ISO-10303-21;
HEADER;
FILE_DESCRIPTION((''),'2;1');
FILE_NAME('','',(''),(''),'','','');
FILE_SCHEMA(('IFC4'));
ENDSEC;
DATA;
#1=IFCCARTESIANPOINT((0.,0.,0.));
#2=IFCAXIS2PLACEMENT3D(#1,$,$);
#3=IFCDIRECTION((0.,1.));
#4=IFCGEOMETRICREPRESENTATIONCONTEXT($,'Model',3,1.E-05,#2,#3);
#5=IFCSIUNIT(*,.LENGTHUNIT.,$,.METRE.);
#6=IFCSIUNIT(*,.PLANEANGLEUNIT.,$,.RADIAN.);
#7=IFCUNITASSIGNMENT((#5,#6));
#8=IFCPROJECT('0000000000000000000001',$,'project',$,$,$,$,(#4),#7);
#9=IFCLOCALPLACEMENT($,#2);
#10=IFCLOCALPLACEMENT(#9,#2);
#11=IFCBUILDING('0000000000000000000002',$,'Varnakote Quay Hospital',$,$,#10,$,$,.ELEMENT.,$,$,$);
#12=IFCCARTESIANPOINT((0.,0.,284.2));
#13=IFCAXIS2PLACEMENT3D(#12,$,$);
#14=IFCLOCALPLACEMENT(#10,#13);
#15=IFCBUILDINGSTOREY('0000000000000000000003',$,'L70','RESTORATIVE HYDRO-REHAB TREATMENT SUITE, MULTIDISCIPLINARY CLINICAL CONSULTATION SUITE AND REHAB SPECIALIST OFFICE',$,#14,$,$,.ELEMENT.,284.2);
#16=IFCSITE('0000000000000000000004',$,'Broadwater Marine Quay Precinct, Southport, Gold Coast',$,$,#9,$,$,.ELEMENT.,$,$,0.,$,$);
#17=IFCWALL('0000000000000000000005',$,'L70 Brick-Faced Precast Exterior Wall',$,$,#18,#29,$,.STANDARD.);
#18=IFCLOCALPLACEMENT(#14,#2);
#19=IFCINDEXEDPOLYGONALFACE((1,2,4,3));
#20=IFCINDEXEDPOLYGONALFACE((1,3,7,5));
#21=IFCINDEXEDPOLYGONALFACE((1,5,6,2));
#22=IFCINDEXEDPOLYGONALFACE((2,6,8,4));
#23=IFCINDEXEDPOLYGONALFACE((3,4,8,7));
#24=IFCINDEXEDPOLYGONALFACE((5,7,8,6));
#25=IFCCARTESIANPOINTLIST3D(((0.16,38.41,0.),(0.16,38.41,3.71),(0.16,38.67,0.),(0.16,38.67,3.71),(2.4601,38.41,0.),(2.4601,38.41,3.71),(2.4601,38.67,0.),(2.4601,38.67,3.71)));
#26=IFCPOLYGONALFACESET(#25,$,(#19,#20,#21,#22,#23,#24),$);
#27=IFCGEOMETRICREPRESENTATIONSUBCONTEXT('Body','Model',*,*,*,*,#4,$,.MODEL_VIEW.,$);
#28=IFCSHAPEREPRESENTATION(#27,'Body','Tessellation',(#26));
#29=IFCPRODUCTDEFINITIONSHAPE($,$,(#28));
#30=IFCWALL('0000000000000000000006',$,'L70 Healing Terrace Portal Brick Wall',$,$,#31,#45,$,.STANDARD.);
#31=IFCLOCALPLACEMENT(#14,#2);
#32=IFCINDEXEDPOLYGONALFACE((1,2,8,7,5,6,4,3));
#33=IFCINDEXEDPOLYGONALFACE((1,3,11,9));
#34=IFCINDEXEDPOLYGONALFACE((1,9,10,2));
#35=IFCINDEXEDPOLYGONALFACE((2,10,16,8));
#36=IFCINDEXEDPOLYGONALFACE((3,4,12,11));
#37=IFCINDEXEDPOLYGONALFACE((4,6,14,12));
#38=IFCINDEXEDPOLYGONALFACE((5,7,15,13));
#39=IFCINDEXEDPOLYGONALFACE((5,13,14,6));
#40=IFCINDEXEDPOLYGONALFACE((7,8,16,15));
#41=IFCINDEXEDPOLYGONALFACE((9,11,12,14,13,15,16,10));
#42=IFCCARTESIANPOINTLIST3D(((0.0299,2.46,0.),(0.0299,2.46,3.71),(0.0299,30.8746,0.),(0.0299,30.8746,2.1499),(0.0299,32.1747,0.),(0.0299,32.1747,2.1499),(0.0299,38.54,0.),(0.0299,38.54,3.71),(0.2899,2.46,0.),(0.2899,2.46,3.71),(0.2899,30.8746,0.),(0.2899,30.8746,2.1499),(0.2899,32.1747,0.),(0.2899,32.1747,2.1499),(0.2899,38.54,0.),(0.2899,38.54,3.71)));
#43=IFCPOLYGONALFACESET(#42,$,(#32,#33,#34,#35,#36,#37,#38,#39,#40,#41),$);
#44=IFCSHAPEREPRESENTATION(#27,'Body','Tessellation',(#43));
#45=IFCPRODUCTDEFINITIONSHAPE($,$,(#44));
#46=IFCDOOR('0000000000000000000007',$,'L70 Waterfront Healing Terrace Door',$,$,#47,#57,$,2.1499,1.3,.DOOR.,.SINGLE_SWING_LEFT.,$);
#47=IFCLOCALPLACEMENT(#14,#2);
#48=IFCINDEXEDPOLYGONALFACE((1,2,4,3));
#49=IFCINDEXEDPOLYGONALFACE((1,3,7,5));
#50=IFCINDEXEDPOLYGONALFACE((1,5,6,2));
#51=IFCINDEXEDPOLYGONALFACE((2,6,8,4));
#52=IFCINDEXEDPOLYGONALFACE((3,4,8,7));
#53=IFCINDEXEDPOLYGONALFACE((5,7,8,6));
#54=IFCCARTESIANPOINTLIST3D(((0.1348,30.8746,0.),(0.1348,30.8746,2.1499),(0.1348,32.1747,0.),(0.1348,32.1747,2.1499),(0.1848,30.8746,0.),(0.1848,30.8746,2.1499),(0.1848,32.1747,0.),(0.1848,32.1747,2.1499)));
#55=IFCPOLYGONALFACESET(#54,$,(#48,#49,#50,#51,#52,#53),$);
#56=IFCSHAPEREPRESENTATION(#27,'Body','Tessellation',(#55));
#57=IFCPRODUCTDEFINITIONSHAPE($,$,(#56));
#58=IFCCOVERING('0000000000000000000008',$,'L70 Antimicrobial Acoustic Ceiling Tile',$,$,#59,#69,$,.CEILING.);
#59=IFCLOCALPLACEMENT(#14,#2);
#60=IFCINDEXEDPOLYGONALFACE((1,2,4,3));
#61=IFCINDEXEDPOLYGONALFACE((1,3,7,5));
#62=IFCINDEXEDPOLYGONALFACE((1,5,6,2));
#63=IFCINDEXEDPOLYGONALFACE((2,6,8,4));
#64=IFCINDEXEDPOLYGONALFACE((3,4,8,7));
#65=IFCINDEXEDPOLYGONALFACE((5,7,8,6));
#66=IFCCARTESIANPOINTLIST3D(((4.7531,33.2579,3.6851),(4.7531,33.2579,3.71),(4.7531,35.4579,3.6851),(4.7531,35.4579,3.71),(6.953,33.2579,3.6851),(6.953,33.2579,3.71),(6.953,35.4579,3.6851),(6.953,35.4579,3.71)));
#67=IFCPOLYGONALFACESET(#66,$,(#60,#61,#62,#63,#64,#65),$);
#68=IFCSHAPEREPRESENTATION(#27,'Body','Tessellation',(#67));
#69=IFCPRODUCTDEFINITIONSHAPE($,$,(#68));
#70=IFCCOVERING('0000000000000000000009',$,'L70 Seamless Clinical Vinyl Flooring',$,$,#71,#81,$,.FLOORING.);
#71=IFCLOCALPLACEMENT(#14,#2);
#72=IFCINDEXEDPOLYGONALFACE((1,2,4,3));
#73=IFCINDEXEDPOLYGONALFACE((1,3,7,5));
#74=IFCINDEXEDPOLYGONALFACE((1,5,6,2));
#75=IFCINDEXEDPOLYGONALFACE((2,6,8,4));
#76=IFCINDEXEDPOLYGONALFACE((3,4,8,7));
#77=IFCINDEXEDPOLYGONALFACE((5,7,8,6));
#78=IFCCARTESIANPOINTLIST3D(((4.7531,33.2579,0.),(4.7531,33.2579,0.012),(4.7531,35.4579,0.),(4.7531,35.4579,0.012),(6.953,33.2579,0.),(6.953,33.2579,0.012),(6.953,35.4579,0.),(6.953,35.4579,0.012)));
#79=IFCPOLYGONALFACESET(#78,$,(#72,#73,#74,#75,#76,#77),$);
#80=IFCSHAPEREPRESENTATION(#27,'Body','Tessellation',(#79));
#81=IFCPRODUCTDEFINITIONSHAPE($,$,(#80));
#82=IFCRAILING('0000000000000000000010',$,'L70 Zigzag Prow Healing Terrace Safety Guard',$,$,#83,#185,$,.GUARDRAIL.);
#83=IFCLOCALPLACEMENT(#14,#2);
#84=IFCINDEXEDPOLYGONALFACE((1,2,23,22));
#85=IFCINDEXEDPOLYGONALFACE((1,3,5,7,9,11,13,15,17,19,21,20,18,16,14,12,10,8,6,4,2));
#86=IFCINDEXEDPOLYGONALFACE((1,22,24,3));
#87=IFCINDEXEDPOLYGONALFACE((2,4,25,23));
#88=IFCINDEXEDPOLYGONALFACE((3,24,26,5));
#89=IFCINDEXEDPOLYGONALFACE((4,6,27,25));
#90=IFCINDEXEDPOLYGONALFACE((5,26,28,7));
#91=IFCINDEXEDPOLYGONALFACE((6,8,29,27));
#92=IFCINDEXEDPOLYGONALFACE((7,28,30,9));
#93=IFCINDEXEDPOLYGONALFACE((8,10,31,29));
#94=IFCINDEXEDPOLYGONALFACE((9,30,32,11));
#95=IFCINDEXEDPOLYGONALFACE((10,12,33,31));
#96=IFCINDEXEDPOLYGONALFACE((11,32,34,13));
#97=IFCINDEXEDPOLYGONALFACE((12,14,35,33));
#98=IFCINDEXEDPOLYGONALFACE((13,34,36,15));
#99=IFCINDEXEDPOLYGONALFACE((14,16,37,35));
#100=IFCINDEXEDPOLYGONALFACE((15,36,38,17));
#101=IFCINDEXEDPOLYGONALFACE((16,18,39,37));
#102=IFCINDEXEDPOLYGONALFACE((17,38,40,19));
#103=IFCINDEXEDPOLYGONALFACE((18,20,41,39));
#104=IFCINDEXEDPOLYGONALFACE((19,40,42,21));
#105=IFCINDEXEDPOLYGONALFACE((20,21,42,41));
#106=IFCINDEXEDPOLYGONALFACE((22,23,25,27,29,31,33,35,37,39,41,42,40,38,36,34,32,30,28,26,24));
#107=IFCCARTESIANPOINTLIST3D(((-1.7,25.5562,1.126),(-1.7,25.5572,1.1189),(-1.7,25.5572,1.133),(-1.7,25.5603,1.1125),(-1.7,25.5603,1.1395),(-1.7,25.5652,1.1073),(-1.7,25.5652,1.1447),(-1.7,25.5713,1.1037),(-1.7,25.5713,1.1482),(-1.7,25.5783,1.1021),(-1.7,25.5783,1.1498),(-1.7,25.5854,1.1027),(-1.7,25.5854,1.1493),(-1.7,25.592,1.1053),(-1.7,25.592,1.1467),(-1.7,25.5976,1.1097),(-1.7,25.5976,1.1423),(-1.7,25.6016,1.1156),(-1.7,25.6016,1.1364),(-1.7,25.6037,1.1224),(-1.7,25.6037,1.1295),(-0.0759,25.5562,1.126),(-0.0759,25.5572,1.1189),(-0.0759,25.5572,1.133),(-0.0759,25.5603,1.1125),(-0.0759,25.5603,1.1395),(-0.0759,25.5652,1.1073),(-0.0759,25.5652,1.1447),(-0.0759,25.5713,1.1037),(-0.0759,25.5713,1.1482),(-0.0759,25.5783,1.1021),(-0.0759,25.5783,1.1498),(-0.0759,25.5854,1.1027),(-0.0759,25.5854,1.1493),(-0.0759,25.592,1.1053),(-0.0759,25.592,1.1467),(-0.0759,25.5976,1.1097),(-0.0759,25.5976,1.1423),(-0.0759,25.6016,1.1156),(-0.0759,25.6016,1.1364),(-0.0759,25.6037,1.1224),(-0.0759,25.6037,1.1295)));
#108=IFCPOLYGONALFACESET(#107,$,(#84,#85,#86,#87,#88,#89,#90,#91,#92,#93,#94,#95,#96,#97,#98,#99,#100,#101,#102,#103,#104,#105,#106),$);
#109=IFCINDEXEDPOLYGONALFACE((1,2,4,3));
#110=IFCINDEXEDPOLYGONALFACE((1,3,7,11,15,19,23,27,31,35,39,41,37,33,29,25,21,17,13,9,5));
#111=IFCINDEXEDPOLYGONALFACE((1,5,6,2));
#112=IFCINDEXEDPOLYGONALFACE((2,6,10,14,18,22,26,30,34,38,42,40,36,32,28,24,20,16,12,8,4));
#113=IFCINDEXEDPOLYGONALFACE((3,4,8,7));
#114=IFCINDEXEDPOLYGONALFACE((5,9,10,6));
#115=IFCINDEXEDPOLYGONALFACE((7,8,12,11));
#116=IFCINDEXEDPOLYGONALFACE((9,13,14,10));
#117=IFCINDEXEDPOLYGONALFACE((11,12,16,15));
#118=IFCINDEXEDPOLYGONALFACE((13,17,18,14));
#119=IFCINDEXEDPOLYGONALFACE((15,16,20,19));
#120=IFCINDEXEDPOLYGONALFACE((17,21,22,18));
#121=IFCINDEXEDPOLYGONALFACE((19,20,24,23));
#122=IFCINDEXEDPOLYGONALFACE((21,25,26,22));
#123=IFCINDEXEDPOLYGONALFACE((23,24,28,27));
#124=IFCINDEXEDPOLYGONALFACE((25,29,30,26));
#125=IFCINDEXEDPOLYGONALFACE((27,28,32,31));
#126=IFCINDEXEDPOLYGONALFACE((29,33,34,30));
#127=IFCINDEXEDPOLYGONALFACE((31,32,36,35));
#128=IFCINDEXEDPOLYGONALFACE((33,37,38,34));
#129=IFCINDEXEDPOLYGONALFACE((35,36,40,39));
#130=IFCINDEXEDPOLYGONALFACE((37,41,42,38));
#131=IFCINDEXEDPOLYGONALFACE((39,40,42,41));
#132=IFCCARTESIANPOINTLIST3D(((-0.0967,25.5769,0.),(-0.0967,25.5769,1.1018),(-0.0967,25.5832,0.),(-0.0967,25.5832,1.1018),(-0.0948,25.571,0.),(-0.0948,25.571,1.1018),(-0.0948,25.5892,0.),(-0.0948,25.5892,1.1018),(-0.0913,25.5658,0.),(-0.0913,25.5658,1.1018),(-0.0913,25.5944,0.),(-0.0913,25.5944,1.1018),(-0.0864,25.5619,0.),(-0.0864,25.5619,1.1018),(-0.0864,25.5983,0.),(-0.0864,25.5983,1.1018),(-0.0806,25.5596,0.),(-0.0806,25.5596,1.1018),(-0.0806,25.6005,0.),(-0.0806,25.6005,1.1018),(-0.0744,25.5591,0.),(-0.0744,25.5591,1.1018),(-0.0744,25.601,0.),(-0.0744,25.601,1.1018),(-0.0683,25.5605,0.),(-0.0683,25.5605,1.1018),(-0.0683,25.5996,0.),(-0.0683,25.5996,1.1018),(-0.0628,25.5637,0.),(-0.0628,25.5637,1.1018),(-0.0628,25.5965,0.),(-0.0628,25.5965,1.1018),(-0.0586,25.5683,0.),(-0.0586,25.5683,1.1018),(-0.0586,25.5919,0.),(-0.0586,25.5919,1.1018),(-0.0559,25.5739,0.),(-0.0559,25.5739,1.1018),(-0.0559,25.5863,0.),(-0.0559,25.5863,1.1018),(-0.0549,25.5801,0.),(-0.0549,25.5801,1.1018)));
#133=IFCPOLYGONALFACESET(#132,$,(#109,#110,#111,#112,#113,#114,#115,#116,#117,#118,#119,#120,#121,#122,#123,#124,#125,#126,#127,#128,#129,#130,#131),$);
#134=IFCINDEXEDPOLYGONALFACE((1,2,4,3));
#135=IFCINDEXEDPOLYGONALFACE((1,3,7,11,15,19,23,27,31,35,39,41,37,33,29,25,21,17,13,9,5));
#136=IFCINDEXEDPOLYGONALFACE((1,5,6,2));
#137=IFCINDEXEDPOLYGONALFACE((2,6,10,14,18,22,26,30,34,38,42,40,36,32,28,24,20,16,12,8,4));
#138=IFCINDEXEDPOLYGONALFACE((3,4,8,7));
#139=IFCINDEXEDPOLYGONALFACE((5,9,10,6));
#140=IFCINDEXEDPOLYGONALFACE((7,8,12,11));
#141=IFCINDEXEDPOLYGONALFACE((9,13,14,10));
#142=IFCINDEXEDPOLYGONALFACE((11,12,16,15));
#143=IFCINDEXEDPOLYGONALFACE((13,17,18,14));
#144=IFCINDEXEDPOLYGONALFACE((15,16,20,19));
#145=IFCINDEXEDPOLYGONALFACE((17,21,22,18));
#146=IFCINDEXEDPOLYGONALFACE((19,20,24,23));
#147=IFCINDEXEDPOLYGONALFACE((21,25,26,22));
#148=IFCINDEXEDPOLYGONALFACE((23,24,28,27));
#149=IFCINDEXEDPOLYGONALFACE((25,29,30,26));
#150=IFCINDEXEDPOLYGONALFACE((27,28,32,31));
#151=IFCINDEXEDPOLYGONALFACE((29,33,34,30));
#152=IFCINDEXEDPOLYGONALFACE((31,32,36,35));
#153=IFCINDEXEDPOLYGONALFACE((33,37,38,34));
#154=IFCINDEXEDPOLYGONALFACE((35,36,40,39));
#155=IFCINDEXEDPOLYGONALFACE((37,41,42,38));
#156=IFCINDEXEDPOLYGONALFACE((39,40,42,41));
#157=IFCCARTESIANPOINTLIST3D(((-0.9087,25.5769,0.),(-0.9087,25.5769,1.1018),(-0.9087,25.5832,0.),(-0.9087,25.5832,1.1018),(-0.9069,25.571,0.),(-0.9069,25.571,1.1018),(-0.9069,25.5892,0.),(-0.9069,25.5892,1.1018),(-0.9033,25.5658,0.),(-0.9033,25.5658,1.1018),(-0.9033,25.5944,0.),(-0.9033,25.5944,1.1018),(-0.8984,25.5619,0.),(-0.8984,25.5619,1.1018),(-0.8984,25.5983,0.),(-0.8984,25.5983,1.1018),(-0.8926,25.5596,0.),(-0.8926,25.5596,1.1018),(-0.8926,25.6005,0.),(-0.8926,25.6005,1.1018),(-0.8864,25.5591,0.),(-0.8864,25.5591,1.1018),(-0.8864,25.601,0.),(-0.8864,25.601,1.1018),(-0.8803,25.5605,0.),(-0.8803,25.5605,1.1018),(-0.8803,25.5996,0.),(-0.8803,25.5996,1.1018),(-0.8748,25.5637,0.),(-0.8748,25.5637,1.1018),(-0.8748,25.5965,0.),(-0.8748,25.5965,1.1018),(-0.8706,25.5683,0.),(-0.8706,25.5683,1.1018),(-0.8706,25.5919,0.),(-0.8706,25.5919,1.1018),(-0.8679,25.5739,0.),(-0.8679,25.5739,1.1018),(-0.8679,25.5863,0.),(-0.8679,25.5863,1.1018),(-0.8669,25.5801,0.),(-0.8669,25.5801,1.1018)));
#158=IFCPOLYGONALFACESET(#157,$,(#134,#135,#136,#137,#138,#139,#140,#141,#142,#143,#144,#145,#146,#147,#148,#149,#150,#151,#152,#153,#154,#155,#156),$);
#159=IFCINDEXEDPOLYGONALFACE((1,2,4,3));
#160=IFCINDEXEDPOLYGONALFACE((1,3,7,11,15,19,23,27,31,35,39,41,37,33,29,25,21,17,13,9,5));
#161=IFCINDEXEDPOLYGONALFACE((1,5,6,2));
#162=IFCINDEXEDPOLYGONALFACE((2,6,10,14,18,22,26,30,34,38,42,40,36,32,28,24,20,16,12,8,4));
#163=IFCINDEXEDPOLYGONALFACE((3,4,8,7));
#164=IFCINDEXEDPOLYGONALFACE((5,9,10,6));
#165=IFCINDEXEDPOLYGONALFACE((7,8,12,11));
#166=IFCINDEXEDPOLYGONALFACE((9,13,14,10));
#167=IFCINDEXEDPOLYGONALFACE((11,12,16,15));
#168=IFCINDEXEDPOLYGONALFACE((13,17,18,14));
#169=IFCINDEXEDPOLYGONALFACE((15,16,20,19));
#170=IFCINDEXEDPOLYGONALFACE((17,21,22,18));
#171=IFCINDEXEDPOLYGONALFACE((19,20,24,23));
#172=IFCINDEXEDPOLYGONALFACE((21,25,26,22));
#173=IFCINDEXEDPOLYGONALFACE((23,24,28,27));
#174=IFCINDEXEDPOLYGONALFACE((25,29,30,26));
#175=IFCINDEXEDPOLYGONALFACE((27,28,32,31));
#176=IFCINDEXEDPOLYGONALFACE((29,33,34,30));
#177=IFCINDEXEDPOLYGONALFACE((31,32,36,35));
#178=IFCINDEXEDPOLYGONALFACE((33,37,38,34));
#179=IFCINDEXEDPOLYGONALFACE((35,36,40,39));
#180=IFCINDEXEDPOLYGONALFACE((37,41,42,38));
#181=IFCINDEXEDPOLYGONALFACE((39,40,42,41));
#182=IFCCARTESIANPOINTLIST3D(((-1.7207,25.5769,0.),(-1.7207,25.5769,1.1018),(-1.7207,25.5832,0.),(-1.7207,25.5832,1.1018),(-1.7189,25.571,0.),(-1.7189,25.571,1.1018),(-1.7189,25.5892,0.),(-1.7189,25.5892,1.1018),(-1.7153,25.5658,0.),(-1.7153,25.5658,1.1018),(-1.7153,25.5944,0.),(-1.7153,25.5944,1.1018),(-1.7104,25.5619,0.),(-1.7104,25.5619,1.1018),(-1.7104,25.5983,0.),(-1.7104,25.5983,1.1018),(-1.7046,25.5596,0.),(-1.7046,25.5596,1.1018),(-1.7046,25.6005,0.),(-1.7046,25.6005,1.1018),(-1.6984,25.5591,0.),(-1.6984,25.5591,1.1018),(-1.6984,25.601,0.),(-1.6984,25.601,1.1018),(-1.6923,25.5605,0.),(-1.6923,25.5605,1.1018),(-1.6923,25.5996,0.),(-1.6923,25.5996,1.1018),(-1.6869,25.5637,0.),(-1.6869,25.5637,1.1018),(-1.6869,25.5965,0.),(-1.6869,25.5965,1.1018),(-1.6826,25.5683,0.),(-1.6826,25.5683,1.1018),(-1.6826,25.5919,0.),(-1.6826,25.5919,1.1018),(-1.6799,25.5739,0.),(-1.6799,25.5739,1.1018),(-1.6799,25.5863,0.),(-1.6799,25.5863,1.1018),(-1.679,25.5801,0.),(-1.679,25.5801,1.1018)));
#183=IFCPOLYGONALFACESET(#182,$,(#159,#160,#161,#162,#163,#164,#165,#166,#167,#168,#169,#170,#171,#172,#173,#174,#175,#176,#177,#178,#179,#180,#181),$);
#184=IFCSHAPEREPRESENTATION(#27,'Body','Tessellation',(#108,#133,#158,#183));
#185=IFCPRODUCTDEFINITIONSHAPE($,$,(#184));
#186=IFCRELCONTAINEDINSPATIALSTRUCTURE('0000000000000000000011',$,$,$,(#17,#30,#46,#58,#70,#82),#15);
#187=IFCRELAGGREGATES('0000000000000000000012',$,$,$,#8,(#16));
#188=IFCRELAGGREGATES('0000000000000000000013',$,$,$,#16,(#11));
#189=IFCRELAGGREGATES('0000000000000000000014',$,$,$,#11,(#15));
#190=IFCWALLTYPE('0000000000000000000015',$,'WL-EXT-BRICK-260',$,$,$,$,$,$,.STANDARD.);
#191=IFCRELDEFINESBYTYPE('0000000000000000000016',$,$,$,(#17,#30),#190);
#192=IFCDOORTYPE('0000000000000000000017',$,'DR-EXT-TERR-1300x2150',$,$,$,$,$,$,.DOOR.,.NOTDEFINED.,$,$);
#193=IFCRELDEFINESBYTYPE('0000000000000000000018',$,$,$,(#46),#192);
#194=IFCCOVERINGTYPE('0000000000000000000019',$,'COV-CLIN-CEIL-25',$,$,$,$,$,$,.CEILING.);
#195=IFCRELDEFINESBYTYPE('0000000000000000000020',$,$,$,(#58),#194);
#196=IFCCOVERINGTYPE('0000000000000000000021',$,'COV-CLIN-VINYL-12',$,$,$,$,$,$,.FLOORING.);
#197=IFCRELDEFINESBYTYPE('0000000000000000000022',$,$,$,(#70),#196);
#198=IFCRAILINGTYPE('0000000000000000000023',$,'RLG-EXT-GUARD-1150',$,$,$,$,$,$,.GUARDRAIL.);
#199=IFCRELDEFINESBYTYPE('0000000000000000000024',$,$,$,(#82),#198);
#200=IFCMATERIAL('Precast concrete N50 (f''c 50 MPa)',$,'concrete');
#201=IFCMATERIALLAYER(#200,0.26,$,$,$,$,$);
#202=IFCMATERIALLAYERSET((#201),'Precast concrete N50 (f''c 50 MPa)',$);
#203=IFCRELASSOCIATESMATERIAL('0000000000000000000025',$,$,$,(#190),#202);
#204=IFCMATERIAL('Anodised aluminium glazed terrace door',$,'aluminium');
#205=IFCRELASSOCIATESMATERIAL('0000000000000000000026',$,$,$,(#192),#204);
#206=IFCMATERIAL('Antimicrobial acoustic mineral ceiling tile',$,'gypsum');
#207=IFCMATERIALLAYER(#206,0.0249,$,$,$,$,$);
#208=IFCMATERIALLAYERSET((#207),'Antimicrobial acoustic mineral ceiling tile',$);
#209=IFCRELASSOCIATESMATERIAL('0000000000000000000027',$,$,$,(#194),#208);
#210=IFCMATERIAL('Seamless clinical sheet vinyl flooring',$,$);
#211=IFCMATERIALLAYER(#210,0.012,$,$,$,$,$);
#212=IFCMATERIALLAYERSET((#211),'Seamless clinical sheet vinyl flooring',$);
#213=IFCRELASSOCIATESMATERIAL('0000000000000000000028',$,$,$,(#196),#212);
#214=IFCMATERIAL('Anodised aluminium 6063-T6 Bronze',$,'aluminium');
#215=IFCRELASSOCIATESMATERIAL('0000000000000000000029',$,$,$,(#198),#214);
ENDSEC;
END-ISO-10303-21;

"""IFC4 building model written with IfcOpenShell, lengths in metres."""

from ifc_helpers import new_model, si_unit, direction, frame, frame_2d, origin, origin_2d, place, context, subcontext, project, spatial, rectangle, circle, extrude, material, layer, layer_set, type_object, element, fill, save


model = new_model("IFC4")

# Units and contexts
model_context = context("Model", 3, precision=1e-05, world=origin(), true_north=direction((0.0, 1.0)))
body_context = subcontext(model_context, "Body", "Model", "MODEL_VIEW")
ifc_project = project(units=[si_unit("LENGTHUNIT", "METRE"), si_unit("PLANEANGLEUNIT", "RADIAN")], contexts=[model_context])

# Site, building, storey
site_placement = place(None, origin())
site = spatial("IfcSite", under=ifc_project, at=site_placement, Name="Broadwater Marine Quay Precinct, Southport, Gold Coast", CompositionType="ELEMENT", RefElevation=0.0)
building_placement = place(site_placement, origin())
building = spatial("IfcBuilding", under=site, at=building_placement, Name="Varnakote Quay Hospital", CompositionType="ELEMENT")
storey_placement = place(building_placement, frame((0.0, 0.0, 284.2)))
storey = spatial("IfcBuildingStorey", under=building, at=storey_placement, Name="L70", Description="RESTORATIVE HYDRO-REHAB TREATMENT SUITE, MULTIDISCIPLINARY CLINICAL CONSULTATION SUITE AND REHAB SPECIALIST OFFICE", CompositionType="ELEMENT", Elevation=284.2)

# Wall
ifc_material_1 = material(Name="Precast concrete N50 (f'c 50 MPa)", Category="concrete")
ifc_layer_1 = layer(ifc_material_1, 0.26)
ifc_layer_set_1 = layer_set([ifc_layer_1], Name="Precast concrete N50 (f'c 50 MPa)")
wall_type = type_object("IfcWallType", Name="WL-EXT-BRICK-260", PredefinedType="STANDARD", material=ifc_layer_set_1)
wall_1_placement = place(storey_placement, frame((2.46, 38.54, 0.0), z_axis=(0.0, 0.0, 1.0), x_axis=(-1.0, 0.0, 0.0)))
element("IfcWall", 1, at=wall_1_placement, inside=storey, type_object=wall_type, Name="L70 Brick-Faced Precast Exterior Wall", PredefinedType="STANDARD", context=body_context, shape_type="SweptSolid", body=[
    extrude(rectangle(XDim=2.3, YDim=0.26, at=frame_2d((1.1499, 0.0))), origin(), (0.0, 0.0, 1.0), 3.71),
])

# Wall, opening, door
wall_2_placement = place(storey_placement, frame((0.1599, 38.54, 0.0), z_axis=(0.0, 0.0, 1.0), x_axis=(0.0, -1.0, 0.0)))
wall_2 = element("IfcWall", 2, at=wall_2_placement, inside=storey, type_object=wall_type, Name="L70 Healing Terrace Portal Brick Wall", PredefinedType="STANDARD", context=body_context, shape_type="SweptSolid", body=[
    extrude(rectangle(XDim=36.0801, YDim=0.26, at=frame_2d((18.04, 0.0))), origin(), (0.0, 0.0, 1.0), 3.71),
])
opening_placement = place(wall_2_placement, frame((6.3655, 0.0, 0.0)))
opening = element("IfcOpeningElement", 3, at=opening_placement, cuts=wall_2, PredefinedType="OPENING", context=body_context, shape_type="SweptSolid", body=[
    extrude(rectangle(XDim=1.3, YDim=2.1499, at=frame_2d((0.6499, 1.075))), frame((0.0, 0.1399, 0.0), z_axis=(0.0, -1.0, 0.0), x_axis=(1.0, 0.0, 0.0)), (0.0, 0.0, 1.0), 0.28),
])
ifc_material_2 = material(Name="Anodised aluminium glazed terrace door", Category="aluminium")
door_type = type_object("IfcDoorType", Name="DR-EXT-TERR-1300x2150", OperationType="NOTDEFINED", PredefinedType="DOOR", material=ifc_material_2)
door_placement = place(opening_placement, origin())
door = element("IfcDoor", 4, at=door_placement, inside=storey, type_object=door_type, Name="L70 Waterfront Healing Terrace Door", OperationType="SINGLE_SWING_LEFT", OverallHeight=2.1499, OverallWidth=1.3, PredefinedType="DOOR", context=body_context, shape_type="SweptSolid", body=[
    extrude(rectangle(XDim=1.3, YDim=2.1499, at=frame_2d((0.6499, 1.075))), frame((0.0, 0.0249, 0.0), z_axis=(0.0, -1.0, 0.0), x_axis=(1.0, 0.0, 0.0)), (0.0, 0.0, 1.0), 0.05),
])
fill(opening, door)

# Coverings
ifc_material_3 = material(Name="Antimicrobial acoustic mineral ceiling tile", Category="gypsum")
ifc_layer_2 = layer(ifc_material_3, 0.0249)
ifc_layer_set_2 = layer_set([ifc_layer_2], Name="Antimicrobial acoustic mineral ceiling tile")
covering_type_1 = type_object("IfcCoveringType", Name="COV-CLIN-CEIL-25", PredefinedType="CEILING", material=ifc_layer_set_2)
covering_1_placement = place(storey_placement, frame((5.853, 34.3579, 3.6851), z_axis=(0.0, 0.0, 1.0), x_axis=(1.0, 0.0, 0.0)))
element("IfcCovering", 5, at=covering_1_placement, inside=storey, type_object=covering_type_1, Name="L70 Antimicrobial Acoustic Ceiling Tile", PredefinedType="CEILING", context=body_context, shape_type="SweptSolid", body=[
    extrude(rectangle(XDim=2.2, YDim=2.2, at=origin_2d()), origin(), (0.0, 0.0, 1.0), 0.0249),
])
ifc_material_4 = material(Name="Seamless clinical sheet vinyl flooring")
ifc_layer_3 = layer(ifc_material_4, 0.012)
ifc_layer_set_3 = layer_set([ifc_layer_3], Name="Seamless clinical sheet vinyl flooring")
covering_type_2 = type_object("IfcCoveringType", Name="COV-CLIN-VINYL-12", PredefinedType="FLOORING", material=ifc_layer_set_3)
covering_2_placement = place(storey_placement, frame((5.853, 34.3579, 0.0), z_axis=(0.0, 0.0, 1.0), x_axis=(1.0, 0.0, 0.0)))
element("IfcCovering", 6, at=covering_2_placement, inside=storey, type_object=covering_type_2, Name="L70 Seamless Clinical Vinyl Flooring", PredefinedType="FLOORING", context=body_context, shape_type="SweptSolid", body=[
    extrude(rectangle(XDim=2.2, YDim=2.2, at=origin_2d()), origin(), (0.0, 0.0, 1.0), 0.012),
])

# Railing
ifc_material_5 = material(Name="Anodised aluminium 6063-T6 Bronze", Category="aluminium")
railing_type = type_object("IfcRailingType", Name="RLG-EXT-GUARD-1150", PredefinedType="GUARDRAIL", material=ifc_material_5)
railing_1_placement = place(storey_placement, frame((-0.0759, 25.5801, 0.0)))
element("IfcRailing", 7, at=railing_1_placement, inside=storey, type_object=railing_type, Name="L70 Zigzag Prow Healing Terrace Safety Guard", PredefinedType="GUARDRAIL", context=body_context, shape_type="SweptSolid", body=[
    extrude(circle(Radius=0.0239, at=origin_2d()), frame((0.0, 0.0, 1.126), z_axis=(-1.0, 0.0, 0.0), x_axis=(0.0, -1.0, 0.0)), (0.0, 0.0, 1.0), 1.624),
    extrude(circle(Radius=0.021, at=origin_2d()), origin(), (0.0, 0.0, 1.0), 1.1018),
    extrude(circle(Radius=0.021, at=origin_2d()), frame((-0.812, 0.0, 0.0)), (0.0, 0.0, 1.0), 1.1018),
    extrude(circle(Radius=0.021, at=origin_2d()), frame((-1.624, 0.0, 0.0)), (0.0, 0.0, 1.0), 1.1018),
])

save(model, "model.ifc")
